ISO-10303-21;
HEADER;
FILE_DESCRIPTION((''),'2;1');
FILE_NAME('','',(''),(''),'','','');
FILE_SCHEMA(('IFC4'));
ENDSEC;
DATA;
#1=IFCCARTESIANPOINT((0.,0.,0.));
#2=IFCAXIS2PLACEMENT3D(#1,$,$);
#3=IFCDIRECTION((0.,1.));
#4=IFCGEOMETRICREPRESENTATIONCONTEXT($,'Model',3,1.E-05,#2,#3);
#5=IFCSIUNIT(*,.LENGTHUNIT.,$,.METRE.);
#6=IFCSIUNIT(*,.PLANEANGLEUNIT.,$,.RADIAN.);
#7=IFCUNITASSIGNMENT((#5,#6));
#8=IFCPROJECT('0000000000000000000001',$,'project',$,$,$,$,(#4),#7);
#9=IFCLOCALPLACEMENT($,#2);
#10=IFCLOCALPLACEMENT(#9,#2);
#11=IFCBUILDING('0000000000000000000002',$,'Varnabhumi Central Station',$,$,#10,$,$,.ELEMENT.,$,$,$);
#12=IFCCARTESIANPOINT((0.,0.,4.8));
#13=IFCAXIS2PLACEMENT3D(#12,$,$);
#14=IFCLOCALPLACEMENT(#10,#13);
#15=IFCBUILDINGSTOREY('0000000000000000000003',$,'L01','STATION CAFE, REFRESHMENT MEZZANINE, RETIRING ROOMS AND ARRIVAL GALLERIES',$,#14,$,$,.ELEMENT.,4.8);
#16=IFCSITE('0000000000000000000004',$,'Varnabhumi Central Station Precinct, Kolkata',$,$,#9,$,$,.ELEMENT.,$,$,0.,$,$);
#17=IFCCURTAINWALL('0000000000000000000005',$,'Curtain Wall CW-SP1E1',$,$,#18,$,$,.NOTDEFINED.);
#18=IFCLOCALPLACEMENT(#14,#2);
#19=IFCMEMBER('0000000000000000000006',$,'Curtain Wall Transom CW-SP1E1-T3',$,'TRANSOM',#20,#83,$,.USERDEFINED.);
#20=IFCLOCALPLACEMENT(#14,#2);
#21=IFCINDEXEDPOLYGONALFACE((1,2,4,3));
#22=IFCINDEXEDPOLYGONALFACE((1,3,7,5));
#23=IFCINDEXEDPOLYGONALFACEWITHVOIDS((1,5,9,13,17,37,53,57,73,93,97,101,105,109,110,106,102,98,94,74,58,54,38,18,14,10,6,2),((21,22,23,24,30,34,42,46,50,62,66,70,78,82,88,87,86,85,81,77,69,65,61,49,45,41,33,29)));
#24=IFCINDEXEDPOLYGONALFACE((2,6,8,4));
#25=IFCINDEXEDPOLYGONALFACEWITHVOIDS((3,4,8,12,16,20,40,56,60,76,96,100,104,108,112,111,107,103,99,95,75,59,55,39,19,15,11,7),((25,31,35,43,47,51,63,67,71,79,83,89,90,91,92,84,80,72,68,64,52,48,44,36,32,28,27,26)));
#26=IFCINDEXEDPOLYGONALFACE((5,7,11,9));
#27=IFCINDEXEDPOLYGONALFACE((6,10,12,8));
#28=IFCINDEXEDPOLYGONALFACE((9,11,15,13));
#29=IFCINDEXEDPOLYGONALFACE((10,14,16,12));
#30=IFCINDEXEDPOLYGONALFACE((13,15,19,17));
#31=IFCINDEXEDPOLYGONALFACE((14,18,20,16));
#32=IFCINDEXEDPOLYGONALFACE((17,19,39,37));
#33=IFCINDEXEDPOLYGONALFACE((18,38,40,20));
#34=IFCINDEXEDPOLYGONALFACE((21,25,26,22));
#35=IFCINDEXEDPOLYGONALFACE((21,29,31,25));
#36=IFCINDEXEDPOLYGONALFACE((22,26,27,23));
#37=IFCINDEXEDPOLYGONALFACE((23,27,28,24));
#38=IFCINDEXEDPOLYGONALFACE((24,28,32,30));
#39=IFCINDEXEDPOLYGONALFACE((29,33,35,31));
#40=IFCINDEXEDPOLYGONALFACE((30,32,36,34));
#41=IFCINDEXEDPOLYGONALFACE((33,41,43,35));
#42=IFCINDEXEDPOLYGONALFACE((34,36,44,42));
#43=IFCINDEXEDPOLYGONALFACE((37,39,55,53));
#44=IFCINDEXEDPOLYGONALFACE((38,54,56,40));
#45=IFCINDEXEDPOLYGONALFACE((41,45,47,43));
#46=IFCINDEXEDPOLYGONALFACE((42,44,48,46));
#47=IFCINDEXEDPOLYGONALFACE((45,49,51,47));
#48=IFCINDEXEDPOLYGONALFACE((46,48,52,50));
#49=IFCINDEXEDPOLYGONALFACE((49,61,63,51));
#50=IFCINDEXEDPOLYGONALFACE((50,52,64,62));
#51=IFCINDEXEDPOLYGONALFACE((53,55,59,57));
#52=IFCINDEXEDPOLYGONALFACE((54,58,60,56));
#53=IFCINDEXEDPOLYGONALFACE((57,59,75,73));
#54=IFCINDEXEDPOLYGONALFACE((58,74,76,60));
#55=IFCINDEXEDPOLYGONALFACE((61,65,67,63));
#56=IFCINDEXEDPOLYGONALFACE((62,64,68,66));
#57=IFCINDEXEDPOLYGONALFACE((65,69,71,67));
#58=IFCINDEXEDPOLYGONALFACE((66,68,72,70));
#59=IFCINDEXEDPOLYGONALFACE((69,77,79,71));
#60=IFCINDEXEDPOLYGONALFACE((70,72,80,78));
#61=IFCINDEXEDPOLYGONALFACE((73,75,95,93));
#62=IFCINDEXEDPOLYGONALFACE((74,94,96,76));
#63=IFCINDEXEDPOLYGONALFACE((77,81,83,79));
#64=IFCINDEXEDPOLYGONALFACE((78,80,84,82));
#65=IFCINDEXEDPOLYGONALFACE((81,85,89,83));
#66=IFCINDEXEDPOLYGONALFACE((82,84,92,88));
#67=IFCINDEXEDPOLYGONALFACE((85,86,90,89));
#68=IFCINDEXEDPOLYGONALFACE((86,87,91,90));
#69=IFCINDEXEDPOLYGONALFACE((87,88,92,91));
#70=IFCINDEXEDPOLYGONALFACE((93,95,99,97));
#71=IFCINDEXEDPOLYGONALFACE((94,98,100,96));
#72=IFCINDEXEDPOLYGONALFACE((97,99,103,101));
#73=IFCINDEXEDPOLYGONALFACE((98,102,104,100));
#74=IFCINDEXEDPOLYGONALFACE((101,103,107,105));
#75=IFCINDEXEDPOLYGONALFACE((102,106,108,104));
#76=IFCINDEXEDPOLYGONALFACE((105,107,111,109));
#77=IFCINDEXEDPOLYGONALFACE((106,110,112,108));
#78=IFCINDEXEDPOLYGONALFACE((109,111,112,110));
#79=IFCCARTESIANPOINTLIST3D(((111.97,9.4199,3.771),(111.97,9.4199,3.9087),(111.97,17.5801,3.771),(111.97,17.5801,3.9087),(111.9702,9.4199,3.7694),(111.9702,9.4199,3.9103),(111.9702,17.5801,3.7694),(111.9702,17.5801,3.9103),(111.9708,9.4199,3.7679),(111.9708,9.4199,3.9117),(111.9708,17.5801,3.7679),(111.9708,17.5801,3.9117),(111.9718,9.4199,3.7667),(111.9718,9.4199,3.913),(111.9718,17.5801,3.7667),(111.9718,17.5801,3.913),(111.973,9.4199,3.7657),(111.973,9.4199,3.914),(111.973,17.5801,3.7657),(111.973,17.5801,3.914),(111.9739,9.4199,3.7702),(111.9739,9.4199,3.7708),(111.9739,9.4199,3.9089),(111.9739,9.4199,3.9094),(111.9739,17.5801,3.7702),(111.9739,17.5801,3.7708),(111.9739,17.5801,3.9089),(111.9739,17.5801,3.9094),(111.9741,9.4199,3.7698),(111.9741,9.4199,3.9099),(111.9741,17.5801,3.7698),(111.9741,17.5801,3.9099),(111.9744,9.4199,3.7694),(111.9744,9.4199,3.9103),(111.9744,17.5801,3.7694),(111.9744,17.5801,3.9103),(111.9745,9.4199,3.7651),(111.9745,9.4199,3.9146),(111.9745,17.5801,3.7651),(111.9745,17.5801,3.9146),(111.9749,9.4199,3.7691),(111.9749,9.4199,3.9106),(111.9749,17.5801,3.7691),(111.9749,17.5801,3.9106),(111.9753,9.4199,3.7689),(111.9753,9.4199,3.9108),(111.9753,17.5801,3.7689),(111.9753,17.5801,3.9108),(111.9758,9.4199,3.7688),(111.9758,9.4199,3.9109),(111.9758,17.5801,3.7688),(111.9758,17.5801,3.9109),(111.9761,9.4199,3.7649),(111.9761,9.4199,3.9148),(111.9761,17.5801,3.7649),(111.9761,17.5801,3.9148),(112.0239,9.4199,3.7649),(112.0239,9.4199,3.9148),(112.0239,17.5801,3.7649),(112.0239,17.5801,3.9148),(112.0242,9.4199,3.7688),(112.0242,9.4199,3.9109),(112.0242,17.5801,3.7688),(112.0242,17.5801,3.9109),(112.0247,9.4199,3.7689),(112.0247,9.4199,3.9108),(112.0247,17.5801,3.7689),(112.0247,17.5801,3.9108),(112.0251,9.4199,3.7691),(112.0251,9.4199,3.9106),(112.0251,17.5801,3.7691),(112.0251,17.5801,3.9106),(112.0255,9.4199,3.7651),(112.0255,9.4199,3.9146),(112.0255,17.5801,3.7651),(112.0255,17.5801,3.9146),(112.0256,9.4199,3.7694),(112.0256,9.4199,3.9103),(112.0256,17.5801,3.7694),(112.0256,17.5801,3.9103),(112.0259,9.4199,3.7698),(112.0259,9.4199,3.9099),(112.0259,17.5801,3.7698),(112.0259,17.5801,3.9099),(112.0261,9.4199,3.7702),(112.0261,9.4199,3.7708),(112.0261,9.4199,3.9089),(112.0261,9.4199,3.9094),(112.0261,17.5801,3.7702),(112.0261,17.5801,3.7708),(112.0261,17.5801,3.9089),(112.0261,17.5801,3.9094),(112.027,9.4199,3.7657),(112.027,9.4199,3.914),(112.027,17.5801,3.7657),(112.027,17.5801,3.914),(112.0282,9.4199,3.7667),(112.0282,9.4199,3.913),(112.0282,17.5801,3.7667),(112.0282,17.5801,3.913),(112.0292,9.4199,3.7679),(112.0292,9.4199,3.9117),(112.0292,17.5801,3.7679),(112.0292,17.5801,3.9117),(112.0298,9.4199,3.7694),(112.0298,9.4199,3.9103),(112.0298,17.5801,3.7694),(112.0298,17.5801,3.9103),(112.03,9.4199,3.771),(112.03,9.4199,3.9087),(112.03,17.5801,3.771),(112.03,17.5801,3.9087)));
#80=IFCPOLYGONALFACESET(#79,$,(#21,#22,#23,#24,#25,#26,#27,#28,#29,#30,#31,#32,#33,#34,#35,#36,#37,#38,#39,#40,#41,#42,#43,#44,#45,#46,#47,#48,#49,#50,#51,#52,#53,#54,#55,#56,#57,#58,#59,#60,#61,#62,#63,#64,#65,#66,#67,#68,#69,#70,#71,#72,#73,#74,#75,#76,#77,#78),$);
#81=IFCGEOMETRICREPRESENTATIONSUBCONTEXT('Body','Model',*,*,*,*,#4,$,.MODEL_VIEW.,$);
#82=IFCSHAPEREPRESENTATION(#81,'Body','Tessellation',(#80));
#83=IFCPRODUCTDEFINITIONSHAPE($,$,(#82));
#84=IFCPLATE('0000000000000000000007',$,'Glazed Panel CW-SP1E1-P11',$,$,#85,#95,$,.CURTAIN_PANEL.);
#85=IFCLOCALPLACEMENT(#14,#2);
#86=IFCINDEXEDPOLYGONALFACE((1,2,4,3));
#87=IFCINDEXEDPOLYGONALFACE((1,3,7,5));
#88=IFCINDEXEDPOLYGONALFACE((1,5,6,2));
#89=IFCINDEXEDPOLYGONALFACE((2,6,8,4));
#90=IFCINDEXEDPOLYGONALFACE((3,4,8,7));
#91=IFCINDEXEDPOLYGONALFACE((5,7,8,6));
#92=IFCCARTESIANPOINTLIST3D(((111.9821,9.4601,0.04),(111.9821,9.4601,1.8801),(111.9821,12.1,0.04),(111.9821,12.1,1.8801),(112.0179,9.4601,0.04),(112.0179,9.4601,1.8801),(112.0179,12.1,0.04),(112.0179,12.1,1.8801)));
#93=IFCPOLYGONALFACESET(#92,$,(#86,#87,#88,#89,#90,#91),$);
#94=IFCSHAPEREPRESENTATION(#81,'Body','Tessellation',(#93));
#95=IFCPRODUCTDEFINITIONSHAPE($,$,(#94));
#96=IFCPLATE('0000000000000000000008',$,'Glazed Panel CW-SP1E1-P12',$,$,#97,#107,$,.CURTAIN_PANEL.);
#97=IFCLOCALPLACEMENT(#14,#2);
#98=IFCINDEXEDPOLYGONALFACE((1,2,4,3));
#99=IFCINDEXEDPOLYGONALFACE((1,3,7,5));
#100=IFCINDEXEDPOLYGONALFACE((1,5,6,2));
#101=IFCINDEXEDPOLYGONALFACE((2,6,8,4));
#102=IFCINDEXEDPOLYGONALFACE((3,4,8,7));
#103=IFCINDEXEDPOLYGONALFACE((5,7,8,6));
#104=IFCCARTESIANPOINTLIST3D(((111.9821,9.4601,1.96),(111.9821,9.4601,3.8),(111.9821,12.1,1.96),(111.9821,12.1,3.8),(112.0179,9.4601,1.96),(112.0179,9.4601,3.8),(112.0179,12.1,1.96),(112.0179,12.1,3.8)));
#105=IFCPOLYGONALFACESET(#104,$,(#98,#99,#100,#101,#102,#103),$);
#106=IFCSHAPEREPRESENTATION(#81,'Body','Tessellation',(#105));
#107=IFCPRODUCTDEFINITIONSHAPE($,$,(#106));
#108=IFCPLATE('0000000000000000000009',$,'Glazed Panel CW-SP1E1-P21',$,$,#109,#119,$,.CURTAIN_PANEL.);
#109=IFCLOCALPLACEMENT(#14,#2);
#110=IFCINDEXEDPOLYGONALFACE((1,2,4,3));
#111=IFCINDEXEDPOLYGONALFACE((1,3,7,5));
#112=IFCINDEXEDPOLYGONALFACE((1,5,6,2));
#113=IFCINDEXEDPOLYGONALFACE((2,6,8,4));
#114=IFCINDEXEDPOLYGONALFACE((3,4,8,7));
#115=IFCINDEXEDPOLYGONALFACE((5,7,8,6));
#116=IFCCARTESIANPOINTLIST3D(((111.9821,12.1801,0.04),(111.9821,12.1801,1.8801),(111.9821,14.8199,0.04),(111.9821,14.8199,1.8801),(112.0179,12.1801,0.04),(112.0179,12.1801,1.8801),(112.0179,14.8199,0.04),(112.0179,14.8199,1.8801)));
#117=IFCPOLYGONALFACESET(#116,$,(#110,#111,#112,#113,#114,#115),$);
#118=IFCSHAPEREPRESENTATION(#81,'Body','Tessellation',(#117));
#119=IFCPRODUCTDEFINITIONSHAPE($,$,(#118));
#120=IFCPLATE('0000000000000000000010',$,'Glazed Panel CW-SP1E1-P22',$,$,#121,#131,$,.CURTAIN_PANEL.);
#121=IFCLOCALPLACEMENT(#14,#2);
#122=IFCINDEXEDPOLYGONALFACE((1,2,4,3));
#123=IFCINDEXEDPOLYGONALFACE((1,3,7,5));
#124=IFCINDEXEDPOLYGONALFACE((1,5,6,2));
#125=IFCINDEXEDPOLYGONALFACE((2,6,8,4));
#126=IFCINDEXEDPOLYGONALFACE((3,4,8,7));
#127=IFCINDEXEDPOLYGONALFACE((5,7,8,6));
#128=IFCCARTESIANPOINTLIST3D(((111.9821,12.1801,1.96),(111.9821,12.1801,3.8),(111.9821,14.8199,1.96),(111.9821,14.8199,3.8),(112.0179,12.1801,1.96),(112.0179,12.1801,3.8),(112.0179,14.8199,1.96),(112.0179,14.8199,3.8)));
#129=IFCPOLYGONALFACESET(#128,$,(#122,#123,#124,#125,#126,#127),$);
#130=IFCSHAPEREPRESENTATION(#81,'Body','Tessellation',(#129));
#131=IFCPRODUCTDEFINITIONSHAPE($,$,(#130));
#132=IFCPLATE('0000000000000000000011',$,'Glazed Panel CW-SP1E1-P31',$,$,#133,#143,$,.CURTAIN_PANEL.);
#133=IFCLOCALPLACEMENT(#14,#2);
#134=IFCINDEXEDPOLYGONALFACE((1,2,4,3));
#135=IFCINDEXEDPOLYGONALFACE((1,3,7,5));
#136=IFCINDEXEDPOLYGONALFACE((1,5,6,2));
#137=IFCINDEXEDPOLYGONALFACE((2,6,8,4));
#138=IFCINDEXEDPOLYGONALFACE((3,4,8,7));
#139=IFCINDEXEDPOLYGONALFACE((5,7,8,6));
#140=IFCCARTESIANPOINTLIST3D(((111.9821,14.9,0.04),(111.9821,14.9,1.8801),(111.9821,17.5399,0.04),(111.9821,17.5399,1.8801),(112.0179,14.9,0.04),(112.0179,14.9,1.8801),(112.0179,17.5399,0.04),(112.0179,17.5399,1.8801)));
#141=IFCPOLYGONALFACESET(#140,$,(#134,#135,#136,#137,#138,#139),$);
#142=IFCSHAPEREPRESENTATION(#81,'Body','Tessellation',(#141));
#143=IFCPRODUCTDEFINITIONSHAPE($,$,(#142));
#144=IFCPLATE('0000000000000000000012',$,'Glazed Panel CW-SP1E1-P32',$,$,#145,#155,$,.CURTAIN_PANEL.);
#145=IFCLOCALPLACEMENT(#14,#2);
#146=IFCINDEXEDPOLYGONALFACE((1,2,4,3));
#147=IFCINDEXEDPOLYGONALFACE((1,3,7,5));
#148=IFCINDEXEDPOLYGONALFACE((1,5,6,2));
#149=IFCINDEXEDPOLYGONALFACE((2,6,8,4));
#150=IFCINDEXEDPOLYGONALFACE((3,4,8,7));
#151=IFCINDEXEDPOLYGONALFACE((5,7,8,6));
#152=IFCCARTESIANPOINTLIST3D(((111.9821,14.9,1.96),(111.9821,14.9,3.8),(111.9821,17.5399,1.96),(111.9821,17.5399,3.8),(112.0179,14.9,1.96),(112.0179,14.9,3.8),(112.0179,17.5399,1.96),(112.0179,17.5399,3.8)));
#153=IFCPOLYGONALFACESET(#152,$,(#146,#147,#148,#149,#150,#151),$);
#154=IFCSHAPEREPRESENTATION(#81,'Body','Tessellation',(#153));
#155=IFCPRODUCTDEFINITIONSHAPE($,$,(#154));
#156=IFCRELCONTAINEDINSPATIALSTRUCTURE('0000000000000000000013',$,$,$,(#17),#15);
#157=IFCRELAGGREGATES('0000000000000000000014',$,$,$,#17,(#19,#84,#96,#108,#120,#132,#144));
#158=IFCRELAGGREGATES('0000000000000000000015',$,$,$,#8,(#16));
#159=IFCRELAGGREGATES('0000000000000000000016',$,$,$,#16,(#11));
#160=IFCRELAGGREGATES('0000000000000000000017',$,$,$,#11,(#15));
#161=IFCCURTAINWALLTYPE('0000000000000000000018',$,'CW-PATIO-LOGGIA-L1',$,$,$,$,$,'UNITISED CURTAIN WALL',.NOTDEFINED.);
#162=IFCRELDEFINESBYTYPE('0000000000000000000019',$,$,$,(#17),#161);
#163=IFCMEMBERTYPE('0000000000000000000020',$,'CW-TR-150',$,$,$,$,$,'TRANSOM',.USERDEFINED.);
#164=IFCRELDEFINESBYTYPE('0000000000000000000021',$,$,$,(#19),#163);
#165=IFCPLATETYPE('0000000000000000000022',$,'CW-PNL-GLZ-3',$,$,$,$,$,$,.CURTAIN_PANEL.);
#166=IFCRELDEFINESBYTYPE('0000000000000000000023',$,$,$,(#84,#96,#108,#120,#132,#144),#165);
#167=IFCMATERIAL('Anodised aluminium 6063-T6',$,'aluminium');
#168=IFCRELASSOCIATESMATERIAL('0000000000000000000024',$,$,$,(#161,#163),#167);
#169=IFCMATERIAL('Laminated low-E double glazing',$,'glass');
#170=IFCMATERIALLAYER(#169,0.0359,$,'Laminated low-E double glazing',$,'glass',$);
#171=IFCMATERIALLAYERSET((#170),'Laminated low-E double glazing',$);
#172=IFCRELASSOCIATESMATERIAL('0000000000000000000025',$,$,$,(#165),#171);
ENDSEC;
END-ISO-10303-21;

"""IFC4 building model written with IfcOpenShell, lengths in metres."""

from ifc_helpers import new_model, si_unit, direction, frame, origin, origin_2d, place, context, subcontext, project, spatial, rectangle, hollow_rectangle, extrude, material, layer, layer_set, material_profile, profile_set, type_object, element, aggregate, save


model = new_model("IFC4")

# Units and contexts
model_context = context("Model", 3, precision=1e-05, world=origin(), true_north=direction((0.0, 1.0)))
body_context = subcontext(model_context, "Body", "Model", "MODEL_VIEW")
ifc_project = project(units=[si_unit("LENGTHUNIT", "METRE"), si_unit("PLANEANGLEUNIT", "RADIAN")], contexts=[model_context])

# Site, building, storey
site_placement = place(None, origin())
site = spatial("IfcSite", under=ifc_project, at=site_placement, Name="Varnabhumi Central Station Precinct, Kolkata", CompositionType="ELEMENT", RefElevation=0.0)
building_placement = place(site_placement, origin())
building = spatial("IfcBuilding", under=site, at=building_placement, Name="Varnabhumi Central Station", CompositionType="ELEMENT")
storey_placement = place(building_placement, frame((0.0, 0.0, 4.8)))
storey = spatial("IfcBuildingStorey", under=building, at=storey_placement, Name="L01", Description="STATION CAFE, REFRESHMENT MEZZANINE, RETIRING ROOMS AND ARRIVAL GALLERIES", CompositionType="ELEMENT", Elevation=4.8)

# Curtain wall
ifc_material_1 = material(Name="Anodised aluminium 6063-T6", Category="aluminium")
curtain_wall_type = type_object("IfcCurtainWallType", Name="CW-PATIO-LOGGIA-L1", ElementType="UNITISED CURTAIN WALL", PredefinedType="NOTDEFINED", material=ifc_material_1)
curtain_wall_1_placement = place(storey_placement, origin())
curtain_wall_1 = element("IfcCurtainWall", 1, at=curtain_wall_1_placement, inside=storey, type_object=curtain_wall_type, Name="Curtain Wall CW-SP1E1", PredefinedType="NOTDEFINED")

# Member
ifc_material_profile_1 = material_profile(ifc_material_1, hollow_rectangle(XDim=0.0601, YDim=0.1499, WallThickness=0.0039, InnerFilletRadius=0.002, OuterFilletRadius=0.0061, at=origin_2d()), Name="Anodised aluminium 6063-T6", Category="aluminium")
ifc_profile_set_1 = profile_set([ifc_material_profile_1], Name="Anodised aluminium 6063-T6")
member_type_1 = type_object("IfcMemberType", Name="CW-TR-150", ElementType="TRANSOM", PredefinedType="USERDEFINED", material=ifc_profile_set_1)
member_1_placement = place(storey_placement, frame((112.0, 9.4199, 3.8398), z_axis=(0.0, 1.0, 0.0), x_axis=(-1.0, 0.0, 0.0)))
member_1 = element("IfcMember", 2, at=member_1_placement, type_object=member_type_1, Name="Curtain Wall Transom CW-SP1E1-T3", ObjectType="TRANSOM", PredefinedType="USERDEFINED", context=body_context, shape_type="SweptSolid", body=[
    extrude(hollow_rectangle(XDim=0.0601, YDim=0.1499, WallThickness=0.0039, InnerFilletRadius=0.002, OuterFilletRadius=0.0061, at=origin_2d()), origin(), (0.0, 0.0, 1.0), 8.1602),
])

# Plates
ifc_material_2 = material(Name="Laminated low-E double glazing", Category="glass")
ifc_layer = layer(ifc_material_2, 0.0359, Name="Laminated low-E double glazing", Category="glass")
ifc_layer_set = layer_set([ifc_layer], Name="Laminated low-E double glazing")
plate_type = type_object("IfcPlateType", Name="CW-PNL-GLZ-3", PredefinedType="CURTAIN_PANEL", material=ifc_layer_set)
plate_1_placement = place(storey_placement, frame((112.0, 10.78, 0.04), z_axis=(0.0, 0.0, 1.0), x_axis=(0.0, 1.0, 0.0)))
plate_1 = element("IfcPlate", 3, at=plate_1_placement, type_object=plate_type, Name="Glazed Panel CW-SP1E1-P11", PredefinedType="CURTAIN_PANEL", context=body_context, shape_type="SweptSolid", body=[
    extrude(rectangle(XDim=2.6399, YDim=0.0359, at=origin_2d()), origin(), (0.0, 0.0, 1.0), 1.8401),
])
plate_2_placement = place(storey_placement, frame((112.0, 10.78, 1.96), z_axis=(0.0, 0.0, 1.0), x_axis=(0.0, 1.0, 0.0)))
plate_2 = element("IfcPlate", 4, at=plate_2_placement, type_object=plate_type, Name="Glazed Panel CW-SP1E1-P12", PredefinedType="CURTAIN_PANEL", context=body_context, shape_type="SweptSolid", body=[
    extrude(rectangle(XDim=2.6399, YDim=0.0359, at=origin_2d()), origin(), (0.0, 0.0, 1.0), 1.8401),
])
plate_3_placement = place(storey_placement, frame((112.0, 13.5, 0.04), z_axis=(0.0, 0.0, 1.0), x_axis=(0.0, 1.0, 0.0)))
plate_3 = element("IfcPlate", 5, at=plate_3_placement, type_object=plate_type, Name="Glazed Panel CW-SP1E1-P21", PredefinedType="CURTAIN_PANEL", context=body_context, shape_type="SweptSolid", body=[
    extrude(rectangle(XDim=2.6399, YDim=0.0359, at=origin_2d()), origin(), (0.0, 0.0, 1.0), 1.8401),
])
plate_4_placement = place(storey_placement, frame((112.0, 13.5, 1.96), z_axis=(0.0, 0.0, 1.0), x_axis=(0.0, 1.0, 0.0)))
plate_4 = element("IfcPlate", 6, at=plate_4_placement, type_object=plate_type, Name="Glazed Panel CW-SP1E1-P22", PredefinedType="CURTAIN_PANEL", context=body_context, shape_type="SweptSolid", body=[
    extrude(rectangle(XDim=2.6399, YDim=0.0359, at=origin_2d()), origin(), (0.0, 0.0, 1.0), 1.8401),
])
plate_5_placement = place(storey_placement, frame((112.0, 16.22, 0.04), z_axis=(0.0, 0.0, 1.0), x_axis=(0.0, 1.0, 0.0)))
plate_5 = element("IfcPlate", 7, at=plate_5_placement, type_object=plate_type, Name="Glazed Panel CW-SP1E1-P31", PredefinedType="CURTAIN_PANEL", context=body_context, shape_type="SweptSolid", body=[
    extrude(rectangle(XDim=2.6399, YDim=0.0359, at=origin_2d()), origin(), (0.0, 0.0, 1.0), 1.8401),
])
plate_6_placement = place(storey_placement, frame((112.0, 16.22, 1.96), z_axis=(0.0, 0.0, 1.0), x_axis=(0.0, 1.0, 0.0)))
plate_6 = element("IfcPlate", 8, at=plate_6_placement, type_object=plate_type, Name="Glazed Panel CW-SP1E1-P32", PredefinedType="CURTAIN_PANEL", context=body_context, shape_type="SweptSolid", body=[
    extrude(rectangle(XDim=2.6399, YDim=0.0359, at=origin_2d()), origin(), (0.0, 0.0, 1.0), 1.8401),
])
aggregate(curtain_wall_1, [member_1, plate_1, plate_2, plate_3, plate_4, plate_5, plate_6])

save(model, "model.ifc")
